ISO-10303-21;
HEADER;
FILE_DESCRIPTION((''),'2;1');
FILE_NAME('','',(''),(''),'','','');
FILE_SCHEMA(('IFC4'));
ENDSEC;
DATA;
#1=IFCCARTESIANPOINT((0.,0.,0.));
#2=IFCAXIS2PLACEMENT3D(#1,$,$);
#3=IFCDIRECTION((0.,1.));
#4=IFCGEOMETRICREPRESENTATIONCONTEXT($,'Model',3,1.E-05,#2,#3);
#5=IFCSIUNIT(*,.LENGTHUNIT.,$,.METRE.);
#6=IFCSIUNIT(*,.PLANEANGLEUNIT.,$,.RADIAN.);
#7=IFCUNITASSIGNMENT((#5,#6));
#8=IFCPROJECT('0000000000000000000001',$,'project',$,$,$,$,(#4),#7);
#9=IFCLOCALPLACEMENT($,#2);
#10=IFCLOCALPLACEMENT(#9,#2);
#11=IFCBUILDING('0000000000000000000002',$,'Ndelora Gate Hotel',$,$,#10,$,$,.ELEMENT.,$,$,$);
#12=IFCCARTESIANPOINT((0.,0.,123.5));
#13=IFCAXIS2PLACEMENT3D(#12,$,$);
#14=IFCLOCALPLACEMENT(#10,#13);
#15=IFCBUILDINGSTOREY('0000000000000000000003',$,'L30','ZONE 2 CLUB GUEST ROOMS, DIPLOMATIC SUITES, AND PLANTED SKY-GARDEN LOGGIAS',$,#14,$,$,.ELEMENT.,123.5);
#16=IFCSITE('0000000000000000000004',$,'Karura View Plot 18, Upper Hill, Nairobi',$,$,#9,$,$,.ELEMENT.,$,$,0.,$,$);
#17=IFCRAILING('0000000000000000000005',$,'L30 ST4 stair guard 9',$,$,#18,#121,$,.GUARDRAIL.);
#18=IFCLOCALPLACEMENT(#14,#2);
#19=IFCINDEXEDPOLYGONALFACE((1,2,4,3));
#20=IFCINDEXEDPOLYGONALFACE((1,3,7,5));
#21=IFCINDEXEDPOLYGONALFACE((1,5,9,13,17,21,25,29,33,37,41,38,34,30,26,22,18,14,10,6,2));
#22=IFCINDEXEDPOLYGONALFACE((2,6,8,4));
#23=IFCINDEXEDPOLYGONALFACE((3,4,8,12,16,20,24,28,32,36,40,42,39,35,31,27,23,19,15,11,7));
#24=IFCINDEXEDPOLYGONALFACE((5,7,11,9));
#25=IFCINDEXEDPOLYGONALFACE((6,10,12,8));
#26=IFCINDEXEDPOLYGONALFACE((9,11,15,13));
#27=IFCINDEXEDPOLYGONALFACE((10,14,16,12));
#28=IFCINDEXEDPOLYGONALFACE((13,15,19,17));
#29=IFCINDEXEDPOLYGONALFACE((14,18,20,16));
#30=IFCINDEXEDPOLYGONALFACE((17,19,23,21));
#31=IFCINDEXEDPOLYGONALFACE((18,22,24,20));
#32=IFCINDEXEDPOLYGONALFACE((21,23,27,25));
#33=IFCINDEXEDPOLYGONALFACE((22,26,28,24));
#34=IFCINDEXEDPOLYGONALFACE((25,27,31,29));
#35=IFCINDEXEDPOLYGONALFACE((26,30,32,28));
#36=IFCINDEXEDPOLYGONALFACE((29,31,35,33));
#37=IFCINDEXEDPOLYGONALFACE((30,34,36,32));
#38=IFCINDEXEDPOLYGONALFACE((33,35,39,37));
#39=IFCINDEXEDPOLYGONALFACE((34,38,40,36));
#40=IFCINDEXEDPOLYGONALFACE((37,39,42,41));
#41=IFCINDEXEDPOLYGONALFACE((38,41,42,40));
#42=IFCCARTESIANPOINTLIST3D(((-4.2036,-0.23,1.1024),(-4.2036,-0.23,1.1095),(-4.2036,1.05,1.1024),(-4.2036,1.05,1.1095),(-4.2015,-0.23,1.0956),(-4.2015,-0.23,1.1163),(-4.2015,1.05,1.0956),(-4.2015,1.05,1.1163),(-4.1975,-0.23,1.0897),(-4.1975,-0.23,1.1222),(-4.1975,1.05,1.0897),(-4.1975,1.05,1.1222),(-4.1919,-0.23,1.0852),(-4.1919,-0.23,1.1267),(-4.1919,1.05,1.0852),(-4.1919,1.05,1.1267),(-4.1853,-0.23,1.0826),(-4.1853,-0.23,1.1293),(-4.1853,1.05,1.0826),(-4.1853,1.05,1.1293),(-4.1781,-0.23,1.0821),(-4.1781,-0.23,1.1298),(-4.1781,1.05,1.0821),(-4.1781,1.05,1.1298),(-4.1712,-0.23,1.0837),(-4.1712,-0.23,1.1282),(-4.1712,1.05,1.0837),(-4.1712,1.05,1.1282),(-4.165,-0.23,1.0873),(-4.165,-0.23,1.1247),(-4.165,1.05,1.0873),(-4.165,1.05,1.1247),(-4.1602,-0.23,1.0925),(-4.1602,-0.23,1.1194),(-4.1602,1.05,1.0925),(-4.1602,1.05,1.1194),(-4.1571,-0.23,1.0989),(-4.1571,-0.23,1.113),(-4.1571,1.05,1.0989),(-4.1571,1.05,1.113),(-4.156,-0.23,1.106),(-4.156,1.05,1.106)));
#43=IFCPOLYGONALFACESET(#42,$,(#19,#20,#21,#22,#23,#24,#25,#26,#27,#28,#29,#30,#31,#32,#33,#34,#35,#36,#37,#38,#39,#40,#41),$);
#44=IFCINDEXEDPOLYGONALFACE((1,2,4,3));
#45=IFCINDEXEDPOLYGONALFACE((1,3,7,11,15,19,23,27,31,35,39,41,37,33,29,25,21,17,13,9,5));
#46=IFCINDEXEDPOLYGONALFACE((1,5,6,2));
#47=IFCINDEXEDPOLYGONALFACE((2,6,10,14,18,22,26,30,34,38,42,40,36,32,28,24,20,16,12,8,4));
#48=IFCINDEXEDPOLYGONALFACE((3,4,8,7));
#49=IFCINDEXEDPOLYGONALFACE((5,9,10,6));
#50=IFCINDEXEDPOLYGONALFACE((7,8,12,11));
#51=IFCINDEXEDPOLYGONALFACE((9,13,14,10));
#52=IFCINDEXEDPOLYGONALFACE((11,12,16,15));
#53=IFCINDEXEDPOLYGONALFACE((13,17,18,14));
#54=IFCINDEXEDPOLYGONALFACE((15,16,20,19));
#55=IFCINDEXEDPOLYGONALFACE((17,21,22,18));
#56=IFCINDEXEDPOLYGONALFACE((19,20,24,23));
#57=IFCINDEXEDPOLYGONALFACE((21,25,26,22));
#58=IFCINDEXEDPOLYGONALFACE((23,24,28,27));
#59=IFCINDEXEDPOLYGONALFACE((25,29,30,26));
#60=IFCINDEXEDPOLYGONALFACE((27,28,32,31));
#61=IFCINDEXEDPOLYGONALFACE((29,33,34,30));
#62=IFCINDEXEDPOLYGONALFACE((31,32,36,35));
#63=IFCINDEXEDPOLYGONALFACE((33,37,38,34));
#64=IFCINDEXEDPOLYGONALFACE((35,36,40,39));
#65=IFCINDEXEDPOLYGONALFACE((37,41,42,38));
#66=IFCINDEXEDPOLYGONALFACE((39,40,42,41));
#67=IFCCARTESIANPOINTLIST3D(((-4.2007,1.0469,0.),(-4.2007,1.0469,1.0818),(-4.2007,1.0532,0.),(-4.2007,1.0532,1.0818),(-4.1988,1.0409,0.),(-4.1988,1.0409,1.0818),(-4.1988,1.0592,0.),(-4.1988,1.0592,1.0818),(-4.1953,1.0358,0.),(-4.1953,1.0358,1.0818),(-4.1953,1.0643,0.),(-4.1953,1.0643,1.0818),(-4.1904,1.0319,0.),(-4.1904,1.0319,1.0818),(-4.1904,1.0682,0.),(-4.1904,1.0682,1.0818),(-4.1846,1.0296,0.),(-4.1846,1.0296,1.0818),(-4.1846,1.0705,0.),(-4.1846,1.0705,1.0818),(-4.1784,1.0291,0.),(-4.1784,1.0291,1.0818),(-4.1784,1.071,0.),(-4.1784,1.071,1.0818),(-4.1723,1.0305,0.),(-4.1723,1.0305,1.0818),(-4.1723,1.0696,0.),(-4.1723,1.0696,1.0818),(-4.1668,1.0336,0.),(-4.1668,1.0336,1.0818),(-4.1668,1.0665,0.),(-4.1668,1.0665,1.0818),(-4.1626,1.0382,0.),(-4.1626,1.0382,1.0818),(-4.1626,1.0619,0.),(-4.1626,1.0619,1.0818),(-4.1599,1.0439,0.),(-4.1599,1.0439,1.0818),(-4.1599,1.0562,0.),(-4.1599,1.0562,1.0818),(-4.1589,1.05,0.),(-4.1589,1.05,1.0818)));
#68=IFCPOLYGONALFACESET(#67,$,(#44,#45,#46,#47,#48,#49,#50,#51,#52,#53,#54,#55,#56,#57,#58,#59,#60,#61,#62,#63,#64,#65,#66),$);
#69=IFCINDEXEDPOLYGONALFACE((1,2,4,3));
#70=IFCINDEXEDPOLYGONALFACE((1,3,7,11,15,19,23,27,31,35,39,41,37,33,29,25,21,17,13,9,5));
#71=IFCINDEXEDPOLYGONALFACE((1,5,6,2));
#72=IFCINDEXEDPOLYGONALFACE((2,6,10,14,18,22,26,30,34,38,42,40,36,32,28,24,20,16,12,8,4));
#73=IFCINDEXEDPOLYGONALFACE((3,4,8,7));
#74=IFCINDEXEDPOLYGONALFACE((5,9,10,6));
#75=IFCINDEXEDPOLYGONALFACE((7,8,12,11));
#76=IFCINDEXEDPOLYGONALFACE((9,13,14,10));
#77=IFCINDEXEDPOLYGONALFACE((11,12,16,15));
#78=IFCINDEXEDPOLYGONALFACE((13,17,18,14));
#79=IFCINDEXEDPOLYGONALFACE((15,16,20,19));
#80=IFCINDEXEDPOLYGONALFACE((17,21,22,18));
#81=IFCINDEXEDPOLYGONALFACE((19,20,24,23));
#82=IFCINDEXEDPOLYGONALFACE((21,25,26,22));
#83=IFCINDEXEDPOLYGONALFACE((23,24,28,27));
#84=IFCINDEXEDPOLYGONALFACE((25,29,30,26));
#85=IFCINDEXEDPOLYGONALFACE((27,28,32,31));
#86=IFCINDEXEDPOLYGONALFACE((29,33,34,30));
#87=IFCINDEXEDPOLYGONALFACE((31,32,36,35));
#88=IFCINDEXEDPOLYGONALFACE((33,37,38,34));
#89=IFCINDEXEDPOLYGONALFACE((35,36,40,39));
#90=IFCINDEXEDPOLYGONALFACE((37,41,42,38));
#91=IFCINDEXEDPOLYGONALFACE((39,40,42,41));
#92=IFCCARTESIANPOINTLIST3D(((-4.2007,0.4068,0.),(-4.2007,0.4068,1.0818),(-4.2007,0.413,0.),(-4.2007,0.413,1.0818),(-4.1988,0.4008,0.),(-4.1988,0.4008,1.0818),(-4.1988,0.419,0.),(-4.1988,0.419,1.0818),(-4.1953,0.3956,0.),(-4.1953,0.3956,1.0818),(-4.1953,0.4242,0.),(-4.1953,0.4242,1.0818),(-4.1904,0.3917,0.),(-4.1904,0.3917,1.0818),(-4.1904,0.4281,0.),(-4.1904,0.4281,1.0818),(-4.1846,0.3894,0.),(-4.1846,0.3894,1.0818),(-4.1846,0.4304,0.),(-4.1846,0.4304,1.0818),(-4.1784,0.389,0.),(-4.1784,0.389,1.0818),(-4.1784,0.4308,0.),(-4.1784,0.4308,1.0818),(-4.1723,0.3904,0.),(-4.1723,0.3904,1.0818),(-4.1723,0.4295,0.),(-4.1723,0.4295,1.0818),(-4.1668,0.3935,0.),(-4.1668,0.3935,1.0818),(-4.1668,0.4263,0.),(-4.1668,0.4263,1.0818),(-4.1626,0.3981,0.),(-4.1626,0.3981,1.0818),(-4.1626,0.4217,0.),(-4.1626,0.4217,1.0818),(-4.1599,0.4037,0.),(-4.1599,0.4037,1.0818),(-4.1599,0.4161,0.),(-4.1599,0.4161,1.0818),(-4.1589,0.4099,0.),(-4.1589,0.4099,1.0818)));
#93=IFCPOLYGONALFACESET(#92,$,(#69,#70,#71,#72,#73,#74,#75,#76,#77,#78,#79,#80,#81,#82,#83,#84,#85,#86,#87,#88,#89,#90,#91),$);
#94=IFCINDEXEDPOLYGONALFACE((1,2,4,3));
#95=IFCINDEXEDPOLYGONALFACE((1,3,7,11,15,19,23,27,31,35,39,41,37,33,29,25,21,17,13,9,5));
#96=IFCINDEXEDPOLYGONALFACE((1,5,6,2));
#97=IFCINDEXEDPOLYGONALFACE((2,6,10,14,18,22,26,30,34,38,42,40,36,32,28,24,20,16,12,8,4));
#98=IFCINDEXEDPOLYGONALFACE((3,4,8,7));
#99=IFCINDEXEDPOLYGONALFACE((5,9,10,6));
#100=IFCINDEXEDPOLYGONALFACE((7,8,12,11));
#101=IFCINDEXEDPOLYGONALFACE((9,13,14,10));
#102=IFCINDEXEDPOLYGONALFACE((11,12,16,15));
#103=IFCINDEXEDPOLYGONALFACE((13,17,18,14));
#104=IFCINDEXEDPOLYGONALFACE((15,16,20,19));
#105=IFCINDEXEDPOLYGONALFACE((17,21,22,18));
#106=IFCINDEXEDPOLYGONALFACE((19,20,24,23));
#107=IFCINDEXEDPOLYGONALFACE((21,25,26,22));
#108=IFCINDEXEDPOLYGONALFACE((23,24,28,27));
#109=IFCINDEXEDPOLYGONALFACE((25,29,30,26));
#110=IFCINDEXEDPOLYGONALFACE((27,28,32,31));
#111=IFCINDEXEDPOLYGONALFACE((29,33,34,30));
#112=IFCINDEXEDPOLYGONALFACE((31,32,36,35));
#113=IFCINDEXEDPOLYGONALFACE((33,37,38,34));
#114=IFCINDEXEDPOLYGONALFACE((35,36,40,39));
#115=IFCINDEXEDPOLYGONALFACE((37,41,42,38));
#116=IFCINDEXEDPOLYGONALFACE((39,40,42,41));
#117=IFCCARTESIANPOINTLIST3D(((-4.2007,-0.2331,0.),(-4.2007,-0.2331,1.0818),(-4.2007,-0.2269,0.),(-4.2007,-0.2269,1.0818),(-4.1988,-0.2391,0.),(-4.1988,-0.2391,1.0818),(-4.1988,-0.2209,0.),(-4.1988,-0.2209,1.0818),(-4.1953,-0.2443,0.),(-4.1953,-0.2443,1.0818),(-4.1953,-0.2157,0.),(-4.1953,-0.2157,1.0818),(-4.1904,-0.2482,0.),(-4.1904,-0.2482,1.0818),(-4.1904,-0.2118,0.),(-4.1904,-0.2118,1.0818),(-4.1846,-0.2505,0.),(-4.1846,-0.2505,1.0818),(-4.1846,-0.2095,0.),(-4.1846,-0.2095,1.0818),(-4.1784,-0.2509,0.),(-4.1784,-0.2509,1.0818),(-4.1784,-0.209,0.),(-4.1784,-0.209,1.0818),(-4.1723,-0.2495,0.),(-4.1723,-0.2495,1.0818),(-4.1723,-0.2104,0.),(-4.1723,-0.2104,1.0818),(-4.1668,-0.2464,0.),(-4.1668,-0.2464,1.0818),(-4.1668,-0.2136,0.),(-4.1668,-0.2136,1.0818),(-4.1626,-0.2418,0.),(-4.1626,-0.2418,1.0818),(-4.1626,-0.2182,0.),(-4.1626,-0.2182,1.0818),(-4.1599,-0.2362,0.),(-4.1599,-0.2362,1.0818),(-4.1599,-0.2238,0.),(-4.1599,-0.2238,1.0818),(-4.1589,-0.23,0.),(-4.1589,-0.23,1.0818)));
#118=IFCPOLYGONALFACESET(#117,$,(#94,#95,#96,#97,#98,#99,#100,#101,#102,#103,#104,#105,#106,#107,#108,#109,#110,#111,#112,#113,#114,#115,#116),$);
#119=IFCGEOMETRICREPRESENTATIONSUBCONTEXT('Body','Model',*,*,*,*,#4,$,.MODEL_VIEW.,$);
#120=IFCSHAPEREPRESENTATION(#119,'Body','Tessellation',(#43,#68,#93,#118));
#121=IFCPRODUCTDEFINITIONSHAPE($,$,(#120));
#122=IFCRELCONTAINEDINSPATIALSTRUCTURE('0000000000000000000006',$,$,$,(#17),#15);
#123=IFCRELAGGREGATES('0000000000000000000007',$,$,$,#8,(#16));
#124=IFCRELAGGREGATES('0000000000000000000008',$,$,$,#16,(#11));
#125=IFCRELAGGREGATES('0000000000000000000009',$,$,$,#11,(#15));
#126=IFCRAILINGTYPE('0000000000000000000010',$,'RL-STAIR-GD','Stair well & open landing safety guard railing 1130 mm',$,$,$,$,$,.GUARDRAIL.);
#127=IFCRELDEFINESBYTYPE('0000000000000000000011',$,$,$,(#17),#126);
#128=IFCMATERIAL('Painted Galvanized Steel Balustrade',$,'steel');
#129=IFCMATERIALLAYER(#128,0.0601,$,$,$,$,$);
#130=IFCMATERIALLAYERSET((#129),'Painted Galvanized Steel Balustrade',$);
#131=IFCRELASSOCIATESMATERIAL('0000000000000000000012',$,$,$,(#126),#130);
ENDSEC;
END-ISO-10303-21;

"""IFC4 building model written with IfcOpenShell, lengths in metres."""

from ifc_helpers import new_model, si_unit, direction, frame, origin, origin_2d, place, context, subcontext, project, spatial, circle, extrude, material, layer, layer_set, type_object, element, save


model = new_model("IFC4")

# Units and contexts
model_context = context("Model", 3, precision=1e-05, world=origin(), true_north=direction((0.0, 1.0)))
body_context = subcontext(model_context, "Body", "Model", "MODEL_VIEW")
ifc_project = project(units=[si_unit("LENGTHUNIT", "METRE"), si_unit("PLANEANGLEUNIT", "RADIAN")], contexts=[model_context])

# Site, building, storey
site_placement = place(None, origin())
site = spatial("IfcSite", under=ifc_project, at=site_placement, Name="Karura View Plot 18, Upper Hill, Nairobi", CompositionType="ELEMENT", RefElevation=0.0)
building_placement = place(site_placement, origin())
building = spatial("IfcBuilding", under=site, at=building_placement, Name="Ndelora Gate Hotel", CompositionType="ELEMENT")
storey_placement = place(building_placement, frame((0.0, 0.0, 123.5)))
storey = spatial("IfcBuildingStorey", under=building, at=storey_placement, Name="L30", Description="ZONE 2 CLUB GUEST ROOMS, DIPLOMATIC SUITES, AND PLANTED SKY-GARDEN LOGGIAS", CompositionType="ELEMENT", Elevation=123.5)

# Railing
ifc_material_1 = material(Name="Painted Galvanized Steel Balustrade", Category="steel")
ifc_layer_1 = layer(ifc_material_1, 0.0601)
ifc_layer_set_1 = layer_set([ifc_layer_1], Name="Painted Galvanized Steel Balustrade")
railing_type = type_object("IfcRailingType", Name="RL-STAIR-GD", Description="Stair well & open landing safety guard railing 1130 mm", PredefinedType="GUARDRAIL", material=ifc_layer_set_1)
for number, where, name in (
    (1, (-4.1799, 1.05, 0.0), "L30 ST4 stair guard 9"),
):
    element("IfcRailing", number, at=place(storey_placement, frame(where)), inside=storey, type_object=railing_type, Name=name, PredefinedType="GUARDRAIL", context=body_context, shape_type="SweptSolid", body=[
        extrude(circle(Radius=0.0239, at=origin_2d()), frame((0.0, 0.0, 1.106), z_axis=(0.0, -1.0, 0.0), x_axis=(1.0, 0.0, 0.0)), (0.0, 0.0, 1.0), 1.28),
        extrude(circle(Radius=0.021, at=origin_2d()), origin(), (0.0, 0.0, 1.0), 1.0818),
        extrude(circle(Radius=0.021, at=origin_2d()), frame((0.0, -0.6401, 0.0)), (0.0, 0.0, 1.0), 1.0818),
        extrude(circle(Radius=0.021, at=origin_2d()), frame((0.0, -1.28, 0.0)), (0.0, 0.0, 1.0), 1.0818),
    ])

save(model, "model.ifc")
